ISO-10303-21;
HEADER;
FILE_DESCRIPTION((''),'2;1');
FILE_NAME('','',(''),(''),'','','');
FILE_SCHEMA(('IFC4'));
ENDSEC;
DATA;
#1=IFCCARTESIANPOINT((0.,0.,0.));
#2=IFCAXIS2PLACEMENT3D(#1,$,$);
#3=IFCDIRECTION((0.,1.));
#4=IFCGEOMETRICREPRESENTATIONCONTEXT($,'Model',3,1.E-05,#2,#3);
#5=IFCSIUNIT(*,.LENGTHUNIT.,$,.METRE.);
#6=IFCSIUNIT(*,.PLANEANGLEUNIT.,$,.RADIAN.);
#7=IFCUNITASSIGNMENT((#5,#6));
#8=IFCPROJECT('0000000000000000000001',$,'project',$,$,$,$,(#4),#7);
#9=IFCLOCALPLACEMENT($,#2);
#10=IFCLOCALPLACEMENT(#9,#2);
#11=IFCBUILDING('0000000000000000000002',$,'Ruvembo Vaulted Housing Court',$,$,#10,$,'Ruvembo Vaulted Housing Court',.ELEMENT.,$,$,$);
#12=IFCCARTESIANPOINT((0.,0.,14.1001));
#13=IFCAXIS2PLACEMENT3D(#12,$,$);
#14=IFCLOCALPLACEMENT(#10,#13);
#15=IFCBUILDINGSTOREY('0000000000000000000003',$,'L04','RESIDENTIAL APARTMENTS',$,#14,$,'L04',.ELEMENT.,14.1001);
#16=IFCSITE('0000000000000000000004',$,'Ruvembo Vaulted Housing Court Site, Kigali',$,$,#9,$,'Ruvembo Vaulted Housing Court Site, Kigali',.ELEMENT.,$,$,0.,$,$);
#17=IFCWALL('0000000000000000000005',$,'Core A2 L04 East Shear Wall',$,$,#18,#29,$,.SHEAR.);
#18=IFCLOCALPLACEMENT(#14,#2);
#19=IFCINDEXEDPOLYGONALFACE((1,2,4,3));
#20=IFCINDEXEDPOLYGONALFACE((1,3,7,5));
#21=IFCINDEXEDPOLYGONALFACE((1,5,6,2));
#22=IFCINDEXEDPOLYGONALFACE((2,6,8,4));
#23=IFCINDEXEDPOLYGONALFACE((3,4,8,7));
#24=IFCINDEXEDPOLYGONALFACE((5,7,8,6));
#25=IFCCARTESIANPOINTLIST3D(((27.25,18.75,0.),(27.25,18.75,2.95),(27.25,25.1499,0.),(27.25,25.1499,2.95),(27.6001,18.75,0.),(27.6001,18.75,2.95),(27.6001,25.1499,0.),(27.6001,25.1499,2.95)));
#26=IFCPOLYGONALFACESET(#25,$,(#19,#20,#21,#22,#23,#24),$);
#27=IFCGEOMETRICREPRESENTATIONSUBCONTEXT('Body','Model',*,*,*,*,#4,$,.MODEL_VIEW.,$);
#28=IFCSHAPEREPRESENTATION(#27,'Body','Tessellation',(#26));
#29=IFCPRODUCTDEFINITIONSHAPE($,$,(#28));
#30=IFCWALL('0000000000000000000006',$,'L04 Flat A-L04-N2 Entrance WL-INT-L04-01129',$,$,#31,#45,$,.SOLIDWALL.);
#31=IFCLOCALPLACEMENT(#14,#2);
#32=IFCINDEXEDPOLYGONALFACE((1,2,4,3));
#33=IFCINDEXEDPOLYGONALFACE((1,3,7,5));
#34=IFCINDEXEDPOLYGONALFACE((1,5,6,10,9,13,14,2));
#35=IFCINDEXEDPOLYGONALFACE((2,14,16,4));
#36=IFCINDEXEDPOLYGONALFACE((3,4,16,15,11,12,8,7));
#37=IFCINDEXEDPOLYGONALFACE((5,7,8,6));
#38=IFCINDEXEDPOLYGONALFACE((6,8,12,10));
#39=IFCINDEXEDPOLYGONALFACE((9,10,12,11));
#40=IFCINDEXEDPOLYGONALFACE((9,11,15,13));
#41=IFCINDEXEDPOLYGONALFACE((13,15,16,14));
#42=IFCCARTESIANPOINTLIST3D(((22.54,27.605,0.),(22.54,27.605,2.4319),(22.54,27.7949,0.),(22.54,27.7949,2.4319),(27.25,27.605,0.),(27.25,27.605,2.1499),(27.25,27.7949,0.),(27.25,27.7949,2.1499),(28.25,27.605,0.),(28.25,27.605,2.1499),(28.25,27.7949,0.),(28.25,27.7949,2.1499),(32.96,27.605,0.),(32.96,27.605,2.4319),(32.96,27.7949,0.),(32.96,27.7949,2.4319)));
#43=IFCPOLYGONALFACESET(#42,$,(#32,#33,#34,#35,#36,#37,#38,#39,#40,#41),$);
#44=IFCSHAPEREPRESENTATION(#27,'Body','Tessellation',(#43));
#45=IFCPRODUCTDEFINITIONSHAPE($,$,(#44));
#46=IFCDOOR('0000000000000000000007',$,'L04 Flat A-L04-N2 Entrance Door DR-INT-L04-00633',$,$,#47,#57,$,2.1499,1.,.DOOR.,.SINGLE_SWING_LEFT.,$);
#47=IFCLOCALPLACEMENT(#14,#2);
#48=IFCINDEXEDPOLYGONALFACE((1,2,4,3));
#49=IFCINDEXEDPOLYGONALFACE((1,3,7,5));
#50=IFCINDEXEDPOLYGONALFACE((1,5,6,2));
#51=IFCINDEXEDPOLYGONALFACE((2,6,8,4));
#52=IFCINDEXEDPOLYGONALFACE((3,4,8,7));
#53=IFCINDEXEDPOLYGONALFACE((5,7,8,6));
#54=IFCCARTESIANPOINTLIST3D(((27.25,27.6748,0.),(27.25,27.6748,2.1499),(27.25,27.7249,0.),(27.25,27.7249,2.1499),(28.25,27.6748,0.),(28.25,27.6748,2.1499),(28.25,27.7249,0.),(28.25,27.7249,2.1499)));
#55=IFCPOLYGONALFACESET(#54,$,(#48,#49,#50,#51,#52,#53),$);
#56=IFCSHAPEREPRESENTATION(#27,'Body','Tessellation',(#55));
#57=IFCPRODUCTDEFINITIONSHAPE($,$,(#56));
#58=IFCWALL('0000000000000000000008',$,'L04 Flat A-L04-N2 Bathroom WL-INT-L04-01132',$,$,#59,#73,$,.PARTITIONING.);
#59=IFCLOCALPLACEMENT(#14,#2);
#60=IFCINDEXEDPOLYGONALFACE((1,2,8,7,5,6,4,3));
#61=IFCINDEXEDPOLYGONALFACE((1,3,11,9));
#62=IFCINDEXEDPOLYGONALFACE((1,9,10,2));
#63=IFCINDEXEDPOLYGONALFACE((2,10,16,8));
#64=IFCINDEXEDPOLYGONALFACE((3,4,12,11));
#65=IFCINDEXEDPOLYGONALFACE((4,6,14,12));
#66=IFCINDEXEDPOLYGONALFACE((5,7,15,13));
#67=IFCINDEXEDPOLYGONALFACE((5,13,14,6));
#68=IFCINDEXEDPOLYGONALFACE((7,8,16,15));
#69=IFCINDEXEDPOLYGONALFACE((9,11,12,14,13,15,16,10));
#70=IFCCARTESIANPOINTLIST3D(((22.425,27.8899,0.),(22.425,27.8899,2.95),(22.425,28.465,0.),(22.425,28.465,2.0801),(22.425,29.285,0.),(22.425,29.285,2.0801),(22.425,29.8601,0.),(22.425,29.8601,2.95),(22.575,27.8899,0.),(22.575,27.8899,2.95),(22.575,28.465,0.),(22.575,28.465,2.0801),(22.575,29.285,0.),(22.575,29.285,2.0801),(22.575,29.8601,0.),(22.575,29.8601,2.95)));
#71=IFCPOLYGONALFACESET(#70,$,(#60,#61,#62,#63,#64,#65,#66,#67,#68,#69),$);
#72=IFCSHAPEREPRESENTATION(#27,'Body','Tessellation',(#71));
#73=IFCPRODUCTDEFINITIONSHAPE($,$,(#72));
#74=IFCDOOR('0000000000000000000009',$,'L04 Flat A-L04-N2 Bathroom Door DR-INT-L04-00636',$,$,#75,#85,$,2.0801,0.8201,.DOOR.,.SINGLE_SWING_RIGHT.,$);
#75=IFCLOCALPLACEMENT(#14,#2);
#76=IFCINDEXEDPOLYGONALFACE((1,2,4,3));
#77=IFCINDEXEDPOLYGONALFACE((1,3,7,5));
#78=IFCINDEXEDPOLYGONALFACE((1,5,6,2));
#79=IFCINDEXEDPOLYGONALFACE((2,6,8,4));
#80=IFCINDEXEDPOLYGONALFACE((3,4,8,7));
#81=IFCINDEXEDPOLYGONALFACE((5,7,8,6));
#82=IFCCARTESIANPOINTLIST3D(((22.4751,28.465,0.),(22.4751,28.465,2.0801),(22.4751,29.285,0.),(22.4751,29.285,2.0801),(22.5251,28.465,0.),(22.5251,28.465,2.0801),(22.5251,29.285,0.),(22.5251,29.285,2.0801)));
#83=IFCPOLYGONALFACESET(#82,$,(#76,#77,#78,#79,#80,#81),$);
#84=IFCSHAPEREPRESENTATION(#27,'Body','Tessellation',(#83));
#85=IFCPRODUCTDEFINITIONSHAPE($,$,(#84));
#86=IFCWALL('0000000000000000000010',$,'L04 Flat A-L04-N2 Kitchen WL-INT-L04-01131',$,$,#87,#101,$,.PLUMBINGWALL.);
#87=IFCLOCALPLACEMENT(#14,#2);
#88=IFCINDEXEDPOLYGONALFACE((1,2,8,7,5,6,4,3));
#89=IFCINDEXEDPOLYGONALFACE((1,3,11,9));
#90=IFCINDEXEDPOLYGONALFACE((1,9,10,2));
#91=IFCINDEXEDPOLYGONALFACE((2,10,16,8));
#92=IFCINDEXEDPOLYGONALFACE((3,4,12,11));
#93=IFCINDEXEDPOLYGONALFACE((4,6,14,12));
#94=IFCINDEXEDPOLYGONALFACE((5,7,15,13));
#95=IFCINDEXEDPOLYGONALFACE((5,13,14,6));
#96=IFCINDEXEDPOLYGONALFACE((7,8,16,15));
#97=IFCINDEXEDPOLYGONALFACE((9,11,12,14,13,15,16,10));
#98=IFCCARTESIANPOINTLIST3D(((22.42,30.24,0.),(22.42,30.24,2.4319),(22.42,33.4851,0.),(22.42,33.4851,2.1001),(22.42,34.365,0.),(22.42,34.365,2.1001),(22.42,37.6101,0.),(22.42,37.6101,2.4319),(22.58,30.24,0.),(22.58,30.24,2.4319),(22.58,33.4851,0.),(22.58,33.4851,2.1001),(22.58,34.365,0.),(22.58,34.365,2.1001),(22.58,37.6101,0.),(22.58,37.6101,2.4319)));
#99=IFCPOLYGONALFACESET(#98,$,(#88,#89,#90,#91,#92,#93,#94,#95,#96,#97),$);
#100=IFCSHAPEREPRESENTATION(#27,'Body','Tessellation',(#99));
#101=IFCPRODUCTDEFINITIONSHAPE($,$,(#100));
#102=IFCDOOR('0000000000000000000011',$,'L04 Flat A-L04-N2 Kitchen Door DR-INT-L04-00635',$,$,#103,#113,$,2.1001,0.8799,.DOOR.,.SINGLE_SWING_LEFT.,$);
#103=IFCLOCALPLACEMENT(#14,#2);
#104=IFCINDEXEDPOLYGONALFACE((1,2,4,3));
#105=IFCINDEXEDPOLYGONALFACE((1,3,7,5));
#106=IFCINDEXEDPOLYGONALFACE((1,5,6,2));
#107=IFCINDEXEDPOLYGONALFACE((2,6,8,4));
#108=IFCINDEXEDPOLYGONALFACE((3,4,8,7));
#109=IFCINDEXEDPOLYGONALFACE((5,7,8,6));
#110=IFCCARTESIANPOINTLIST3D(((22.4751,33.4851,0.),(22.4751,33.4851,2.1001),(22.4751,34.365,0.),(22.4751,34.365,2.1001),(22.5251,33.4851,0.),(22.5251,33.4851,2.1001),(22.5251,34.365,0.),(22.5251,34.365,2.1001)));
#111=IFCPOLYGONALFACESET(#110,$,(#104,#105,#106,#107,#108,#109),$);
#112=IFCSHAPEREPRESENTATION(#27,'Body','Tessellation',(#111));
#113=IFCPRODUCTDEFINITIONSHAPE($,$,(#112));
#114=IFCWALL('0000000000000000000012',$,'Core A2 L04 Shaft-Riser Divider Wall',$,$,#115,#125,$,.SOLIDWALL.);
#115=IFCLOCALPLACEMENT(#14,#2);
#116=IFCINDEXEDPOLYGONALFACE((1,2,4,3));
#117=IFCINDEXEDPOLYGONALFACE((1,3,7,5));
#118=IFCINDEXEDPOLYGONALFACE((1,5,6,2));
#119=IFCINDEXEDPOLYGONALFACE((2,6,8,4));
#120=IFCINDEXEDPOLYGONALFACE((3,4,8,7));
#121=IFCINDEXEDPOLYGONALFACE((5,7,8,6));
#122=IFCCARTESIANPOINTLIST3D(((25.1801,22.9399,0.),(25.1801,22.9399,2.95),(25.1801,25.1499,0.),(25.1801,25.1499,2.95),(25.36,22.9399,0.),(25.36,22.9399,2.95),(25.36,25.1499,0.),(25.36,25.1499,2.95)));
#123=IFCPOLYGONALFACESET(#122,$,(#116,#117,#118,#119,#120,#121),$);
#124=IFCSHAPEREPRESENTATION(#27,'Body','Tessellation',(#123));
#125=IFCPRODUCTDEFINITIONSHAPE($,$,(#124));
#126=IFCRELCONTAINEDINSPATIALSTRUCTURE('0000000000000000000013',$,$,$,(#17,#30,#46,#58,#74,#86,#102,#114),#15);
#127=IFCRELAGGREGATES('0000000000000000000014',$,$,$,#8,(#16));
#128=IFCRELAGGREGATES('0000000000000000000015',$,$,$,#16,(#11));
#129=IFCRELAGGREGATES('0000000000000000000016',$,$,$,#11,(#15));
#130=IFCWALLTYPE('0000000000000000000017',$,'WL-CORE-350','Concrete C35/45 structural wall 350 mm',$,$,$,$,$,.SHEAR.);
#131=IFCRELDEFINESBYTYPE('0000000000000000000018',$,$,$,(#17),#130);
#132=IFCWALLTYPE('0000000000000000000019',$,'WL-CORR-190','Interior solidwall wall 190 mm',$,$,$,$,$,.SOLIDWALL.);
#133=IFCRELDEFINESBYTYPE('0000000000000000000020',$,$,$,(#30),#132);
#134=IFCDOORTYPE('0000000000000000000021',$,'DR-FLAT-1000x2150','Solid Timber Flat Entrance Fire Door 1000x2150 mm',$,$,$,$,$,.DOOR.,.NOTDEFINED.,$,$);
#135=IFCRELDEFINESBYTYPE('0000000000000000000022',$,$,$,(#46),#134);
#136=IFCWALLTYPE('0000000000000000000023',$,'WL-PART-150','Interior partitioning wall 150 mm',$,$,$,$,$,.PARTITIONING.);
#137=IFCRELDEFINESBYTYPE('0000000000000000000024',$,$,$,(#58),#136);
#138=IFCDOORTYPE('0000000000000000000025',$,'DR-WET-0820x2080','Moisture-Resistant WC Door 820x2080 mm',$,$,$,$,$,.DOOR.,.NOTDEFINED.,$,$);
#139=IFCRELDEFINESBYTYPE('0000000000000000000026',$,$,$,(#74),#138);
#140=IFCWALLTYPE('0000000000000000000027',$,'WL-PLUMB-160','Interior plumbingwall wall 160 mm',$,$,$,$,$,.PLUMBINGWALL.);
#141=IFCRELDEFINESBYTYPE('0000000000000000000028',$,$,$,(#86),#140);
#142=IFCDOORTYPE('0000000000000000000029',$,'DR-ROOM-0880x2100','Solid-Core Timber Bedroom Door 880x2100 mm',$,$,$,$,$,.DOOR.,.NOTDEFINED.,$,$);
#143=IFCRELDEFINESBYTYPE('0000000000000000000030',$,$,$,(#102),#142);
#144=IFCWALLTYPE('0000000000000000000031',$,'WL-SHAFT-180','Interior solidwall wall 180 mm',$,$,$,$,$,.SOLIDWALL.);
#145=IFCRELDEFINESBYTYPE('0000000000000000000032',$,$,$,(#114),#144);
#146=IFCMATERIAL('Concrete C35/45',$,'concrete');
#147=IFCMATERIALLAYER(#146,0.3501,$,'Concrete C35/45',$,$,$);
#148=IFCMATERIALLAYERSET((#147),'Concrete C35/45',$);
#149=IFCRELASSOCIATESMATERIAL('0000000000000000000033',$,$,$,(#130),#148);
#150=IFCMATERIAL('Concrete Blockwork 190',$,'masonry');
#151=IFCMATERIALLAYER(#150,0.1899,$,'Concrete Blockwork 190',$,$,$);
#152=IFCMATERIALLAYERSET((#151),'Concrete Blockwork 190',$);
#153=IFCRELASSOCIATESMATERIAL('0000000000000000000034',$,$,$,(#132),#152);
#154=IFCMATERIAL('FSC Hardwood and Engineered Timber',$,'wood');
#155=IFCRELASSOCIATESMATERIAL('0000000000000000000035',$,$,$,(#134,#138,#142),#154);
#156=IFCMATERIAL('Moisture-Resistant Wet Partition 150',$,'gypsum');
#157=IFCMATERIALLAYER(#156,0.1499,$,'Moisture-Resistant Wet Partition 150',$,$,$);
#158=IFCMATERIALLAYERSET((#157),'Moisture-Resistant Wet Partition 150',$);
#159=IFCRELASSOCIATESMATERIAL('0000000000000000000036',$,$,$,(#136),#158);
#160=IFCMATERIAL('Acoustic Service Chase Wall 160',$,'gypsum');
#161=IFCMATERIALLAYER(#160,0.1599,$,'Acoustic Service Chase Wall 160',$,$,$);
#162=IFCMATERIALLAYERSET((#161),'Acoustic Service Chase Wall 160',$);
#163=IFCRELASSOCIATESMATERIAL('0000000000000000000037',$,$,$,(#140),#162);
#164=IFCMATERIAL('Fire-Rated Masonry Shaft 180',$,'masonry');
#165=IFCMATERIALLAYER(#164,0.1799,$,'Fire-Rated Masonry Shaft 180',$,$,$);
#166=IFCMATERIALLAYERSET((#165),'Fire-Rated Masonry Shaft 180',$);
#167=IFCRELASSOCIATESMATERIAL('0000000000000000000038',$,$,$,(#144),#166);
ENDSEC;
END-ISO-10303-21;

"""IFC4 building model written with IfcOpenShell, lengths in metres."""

from ifc_helpers import new_model, si_unit, direction, frame, frame_2d, origin, place, context, subcontext, project, spatial, rectangle, extrude, material, layer, layer_set, type_object, element, fill, save


model = new_model("IFC4")

# Units and contexts
model_context = context("Model", 3, precision=1e-05, world=origin(), true_north=direction((0.0, 1.0)))
body_context = subcontext(model_context, "Body", "Model", "MODEL_VIEW")
ifc_project = project(units=[si_unit("LENGTHUNIT", "METRE"), si_unit("PLANEANGLEUNIT", "RADIAN")], contexts=[model_context])

# Site, building, storey
site_placement = place(None, origin())
site = spatial("IfcSite", under=ifc_project, at=site_placement, Name="Ruvembo Vaulted Housing Court Site, Kigali", LongName="Ruvembo Vaulted Housing Court Site, Kigali", CompositionType="ELEMENT", RefElevation=0.0)
building_placement = place(site_placement, origin())
building = spatial("IfcBuilding", under=site, at=building_placement, Name="Ruvembo Vaulted Housing Court", LongName="Ruvembo Vaulted Housing Court", CompositionType="ELEMENT")
storey_placement = place(building_placement, frame((0.0, 0.0, 14.1001)))
storey = spatial("IfcBuildingStorey", under=building, at=storey_placement, Name="L04", Description="RESIDENTIAL APARTMENTS", LongName="L04", CompositionType="ELEMENT", Elevation=14.1001)

# Shared definitions
ifc_material_1 = material(Name="Concrete C35/45", Category="concrete")

# Wall
ifc_layer_1 = layer(ifc_material_1, 0.3501, Name="Concrete C35/45")
ifc_layer_set_1 = layer_set([ifc_layer_1], Name="Concrete C35/45")
wall_type_1 = type_object("IfcWallType", Name="WL-CORE-350", Description="Concrete C35/45 structural wall 350 mm", PredefinedType="SHEAR", material=ifc_layer_set_1)
wall_1_placement = place(storey_placement, frame((27.425, 18.75, 0.0), z_axis=(0.0, 0.0, 1.0), x_axis=(0.0, 1.0, 0.0)))
element("IfcWall", 1, at=wall_1_placement, inside=storey, type_object=wall_type_1, Name="Core A2 L04 East Shear Wall", PredefinedType="SHEAR", context=body_context, shape_type="SweptSolid", body=[
    extrude(rectangle(XDim=6.3999, YDim=0.3501, at=frame_2d((3.2, 0.0))), origin(), (0.0, 0.0, 1.0), 2.95),
])

# Walls, openings, doors
ifc_material_2 = material(Name="Concrete Blockwork 190", Category="masonry")
ifc_layer_2 = layer(ifc_material_2, 0.1899, Name="Concrete Blockwork 190")
ifc_layer_set_2 = layer_set([ifc_layer_2], Name="Concrete Blockwork 190")
wall_type_2 = type_object("IfcWallType", Name="WL-CORR-190", Description="Interior solidwall wall 190 mm", PredefinedType="SOLIDWALL", material=ifc_layer_set_2)
wall_2_placement = place(storey_placement, frame((22.54, 27.7, 0.0), z_axis=(0.0, 0.0, 1.0), x_axis=(1.0, 0.0, 0.0)))
wall_2 = element("IfcWall", 2, at=wall_2_placement, inside=storey, type_object=wall_type_2, Name="L04 Flat A-L04-N2 Entrance WL-INT-L04-01129", PredefinedType="SOLIDWALL", context=body_context, shape_type="SweptSolid", body=[
    extrude(rectangle(XDim=10.4199, YDim=0.1899, at=frame_2d((5.21, 0.0))), origin(), (0.0, 0.0, 1.0), 2.4319),
])
opening_1_placement = place(wall_2_placement, frame((4.71, 0.0, 0.0)))
opening_1 = element("IfcOpeningElement", 3, at=opening_1_placement, cuts=wall_2, PredefinedType="OPENING", context=body_context, shape_type="SweptSolid", body=[
    extrude(rectangle(XDim=1.0, YDim=2.1499, at=frame_2d((0.5, 1.075))), frame((0.0, 0.105, 0.0), z_axis=(0.0, -1.0, 0.0), x_axis=(1.0, 0.0, 0.0)), (0.0, 0.0, 1.0), 0.21),
])
ifc_material_3 = material(Name="FSC Hardwood and Engineered Timber", Category="wood")
door_type_1 = type_object("IfcDoorType", Name="DR-FLAT-1000x2150", Description="Solid Timber Flat Entrance Fire Door 1000x2150 mm", OperationType="NOTDEFINED", PredefinedType="DOOR", material=ifc_material_3)
door_1_placement = place(opening_1_placement, origin())
door_1 = element("IfcDoor", 4, at=door_1_placement, inside=storey, type_object=door_type_1, Name="L04 Flat A-L04-N2 Entrance Door DR-INT-L04-00633", OperationType="SINGLE_SWING_LEFT", OverallHeight=2.1499, OverallWidth=1.0, PredefinedType="DOOR", context=body_context, shape_type="SweptSolid", body=[
    extrude(rectangle(XDim=1.0, YDim=2.1499, at=frame_2d((0.5, 1.075))), frame((0.0, 0.0249, 0.0), z_axis=(0.0, -1.0, 0.0), x_axis=(1.0, 0.0, 0.0)), (0.0, 0.0, 1.0), 0.05),
])
fill(opening_1, door_1)
ifc_material_4 = material(Name="Moisture-Resistant Wet Partition 150", Category="gypsum")
ifc_layer_3 = layer(ifc_material_4, 0.1499, Name="Moisture-Resistant Wet Partition 150")
ifc_layer_set_3 = layer_set([ifc_layer_3], Name="Moisture-Resistant Wet Partition 150")
wall_type_3 = type_object("IfcWallType", Name="WL-PART-150", Description="Interior partitioning wall 150 mm", PredefinedType="PARTITIONING", material=ifc_layer_set_3)
wall_3_placement = place(storey_placement, frame((22.5, 27.8899, 0.0), z_axis=(0.0, 0.0, 1.0), x_axis=(0.0, 1.0, 0.0)))
wall_3 = element("IfcWall", 5, at=wall_3_placement, inside=storey, type_object=wall_type_3, Name="L04 Flat A-L04-N2 Bathroom WL-INT-L04-01132", PredefinedType="PARTITIONING", context=body_context, shape_type="SweptSolid", body=[
    extrude(rectangle(XDim=1.9702, YDim=0.1499, at=frame_2d((0.9851, 0.0))), origin(), (0.0, 0.0, 1.0), 2.95),
])
opening_2_placement = place(wall_3_placement, frame((0.575, 0.0, 0.0)))
opening_2 = element("IfcOpeningElement", 6, at=opening_2_placement, cuts=wall_3, PredefinedType="OPENING", context=body_context, shape_type="SweptSolid", body=[
    extrude(rectangle(XDim=0.8201, YDim=2.0801, at=frame_2d((0.4102, 1.04))), frame((0.0, 0.085, 0.0), z_axis=(0.0, -1.0, 0.0), x_axis=(1.0, 0.0, 0.0)), (0.0, 0.0, 1.0), 0.1699),
])
door_type_2 = type_object("IfcDoorType", Name="DR-WET-0820x2080", Description="Moisture-Resistant WC Door 820x2080 mm", OperationType="NOTDEFINED", PredefinedType="DOOR", material=ifc_material_3)
door_2_placement = place(opening_2_placement, origin())
door_2 = element("IfcDoor", 7, at=door_2_placement, inside=storey, type_object=door_type_2, Name="L04 Flat A-L04-N2 Bathroom Door DR-INT-L04-00636", OperationType="SINGLE_SWING_RIGHT", OverallHeight=2.0801, OverallWidth=0.8201, PredefinedType="DOOR", context=body_context, shape_type="SweptSolid", body=[
    extrude(rectangle(XDim=0.8201, YDim=2.0801, at=frame_2d((0.4102, 1.04))), frame((0.0, 0.0249, 0.0), z_axis=(0.0, -1.0, 0.0), x_axis=(1.0, 0.0, 0.0)), (0.0, 0.0, 1.0), 0.05),
])
fill(opening_2, door_2)
ifc_material_5 = material(Name="Acoustic Service Chase Wall 160", Category="gypsum")
ifc_layer_4 = layer(ifc_material_5, 0.1599, Name="Acoustic Service Chase Wall 160")
ifc_layer_set_4 = layer_set([ifc_layer_4], Name="Acoustic Service Chase Wall 160")
wall_type_4 = type_object("IfcWallType", Name="WL-PLUMB-160", Description="Interior plumbingwall wall 160 mm", PredefinedType="PLUMBINGWALL", material=ifc_layer_set_4)
wall_4_placement = place(storey_placement, frame((22.5, 30.24, 0.0), z_axis=(0.0, 0.0, 1.0), x_axis=(0.0, 1.0, 0.0)))
wall_4 = element("IfcWall", 8, at=wall_4_placement, inside=storey, type_object=wall_type_4, Name="L04 Flat A-L04-N2 Kitchen WL-INT-L04-01131", PredefinedType="PLUMBINGWALL", context=body_context, shape_type="SweptSolid", body=[
    extrude(rectangle(XDim=7.3701, YDim=0.1599, at=frame_2d((3.6851, 0.0))), origin(), (0.0, 0.0, 1.0), 2.4319),
])
opening_3_placement = place(wall_4_placement, frame((3.2451, 0.0, 0.0)))
opening_3 = element("IfcOpeningElement", 9, at=opening_3_placement, cuts=wall_4, PredefinedType="OPENING", context=body_context, shape_type="SweptSolid", body=[
    extrude(rectangle(XDim=0.8799, YDim=2.1001, at=frame_2d((0.4399, 1.05))), frame((0.0, 0.0898, 0.0), z_axis=(0.0, -1.0, 0.0), x_axis=(1.0, 0.0, 0.0)), (0.0, 0.0, 1.0), 0.1799),
])
door_type_3 = type_object("IfcDoorType", Name="DR-ROOM-0880x2100", Description="Solid-Core Timber Bedroom Door 880x2100 mm", OperationType="NOTDEFINED", PredefinedType="DOOR", material=ifc_material_3)
door_3_placement = place(opening_3_placement, origin())
door_3 = element("IfcDoor", 10, at=door_3_placement, inside=storey, type_object=door_type_3, Name="L04 Flat A-L04-N2 Kitchen Door DR-INT-L04-00635", OperationType="SINGLE_SWING_LEFT", OverallHeight=2.1001, OverallWidth=0.8799, PredefinedType="DOOR", context=body_context, shape_type="SweptSolid", body=[
    extrude(rectangle(XDim=0.8799, YDim=2.1001, at=frame_2d((0.4399, 1.05))), frame((0.0, 0.0249, 0.0), z_axis=(0.0, -1.0, 0.0), x_axis=(1.0, 0.0, 0.0)), (0.0, 0.0, 1.0), 0.05),
])
fill(opening_3, door_3)

# Shared definitions
ifc_material_6 = material(Name="Fire-Rated Masonry Shaft 180", Category="masonry")
ifc_layer_5 = layer(ifc_material_6, 0.1799, Name="Fire-Rated Masonry Shaft 180")
ifc_layer_set_5 = layer_set([ifc_layer_5], Name="Fire-Rated Masonry Shaft 180")
wall_type_5 = type_object("IfcWallType", Name="WL-SHAFT-180", Description="Interior solidwall wall 180 mm", PredefinedType="SOLIDWALL", material=ifc_layer_set_5)

# Wall
wall_5_placement = place(storey_placement, frame((25.27, 22.9399, 0.0), z_axis=(0.0, 0.0, 1.0), x_axis=(0.0, 1.0, 0.0)))
element("IfcWall", 11, at=wall_5_placement, inside=storey, type_object=wall_type_5, Name="Core A2 L04 Shaft-Riser Divider Wall", PredefinedType="SOLIDWALL", context=body_context, shape_type="SweptSolid", body=[
    extrude(rectangle(XDim=2.21, YDim=0.1799, at=frame_2d((1.105, 0.0))), origin(), (0.0, 0.0, 1.0), 2.95),
])

save(model, "model.ifc")
